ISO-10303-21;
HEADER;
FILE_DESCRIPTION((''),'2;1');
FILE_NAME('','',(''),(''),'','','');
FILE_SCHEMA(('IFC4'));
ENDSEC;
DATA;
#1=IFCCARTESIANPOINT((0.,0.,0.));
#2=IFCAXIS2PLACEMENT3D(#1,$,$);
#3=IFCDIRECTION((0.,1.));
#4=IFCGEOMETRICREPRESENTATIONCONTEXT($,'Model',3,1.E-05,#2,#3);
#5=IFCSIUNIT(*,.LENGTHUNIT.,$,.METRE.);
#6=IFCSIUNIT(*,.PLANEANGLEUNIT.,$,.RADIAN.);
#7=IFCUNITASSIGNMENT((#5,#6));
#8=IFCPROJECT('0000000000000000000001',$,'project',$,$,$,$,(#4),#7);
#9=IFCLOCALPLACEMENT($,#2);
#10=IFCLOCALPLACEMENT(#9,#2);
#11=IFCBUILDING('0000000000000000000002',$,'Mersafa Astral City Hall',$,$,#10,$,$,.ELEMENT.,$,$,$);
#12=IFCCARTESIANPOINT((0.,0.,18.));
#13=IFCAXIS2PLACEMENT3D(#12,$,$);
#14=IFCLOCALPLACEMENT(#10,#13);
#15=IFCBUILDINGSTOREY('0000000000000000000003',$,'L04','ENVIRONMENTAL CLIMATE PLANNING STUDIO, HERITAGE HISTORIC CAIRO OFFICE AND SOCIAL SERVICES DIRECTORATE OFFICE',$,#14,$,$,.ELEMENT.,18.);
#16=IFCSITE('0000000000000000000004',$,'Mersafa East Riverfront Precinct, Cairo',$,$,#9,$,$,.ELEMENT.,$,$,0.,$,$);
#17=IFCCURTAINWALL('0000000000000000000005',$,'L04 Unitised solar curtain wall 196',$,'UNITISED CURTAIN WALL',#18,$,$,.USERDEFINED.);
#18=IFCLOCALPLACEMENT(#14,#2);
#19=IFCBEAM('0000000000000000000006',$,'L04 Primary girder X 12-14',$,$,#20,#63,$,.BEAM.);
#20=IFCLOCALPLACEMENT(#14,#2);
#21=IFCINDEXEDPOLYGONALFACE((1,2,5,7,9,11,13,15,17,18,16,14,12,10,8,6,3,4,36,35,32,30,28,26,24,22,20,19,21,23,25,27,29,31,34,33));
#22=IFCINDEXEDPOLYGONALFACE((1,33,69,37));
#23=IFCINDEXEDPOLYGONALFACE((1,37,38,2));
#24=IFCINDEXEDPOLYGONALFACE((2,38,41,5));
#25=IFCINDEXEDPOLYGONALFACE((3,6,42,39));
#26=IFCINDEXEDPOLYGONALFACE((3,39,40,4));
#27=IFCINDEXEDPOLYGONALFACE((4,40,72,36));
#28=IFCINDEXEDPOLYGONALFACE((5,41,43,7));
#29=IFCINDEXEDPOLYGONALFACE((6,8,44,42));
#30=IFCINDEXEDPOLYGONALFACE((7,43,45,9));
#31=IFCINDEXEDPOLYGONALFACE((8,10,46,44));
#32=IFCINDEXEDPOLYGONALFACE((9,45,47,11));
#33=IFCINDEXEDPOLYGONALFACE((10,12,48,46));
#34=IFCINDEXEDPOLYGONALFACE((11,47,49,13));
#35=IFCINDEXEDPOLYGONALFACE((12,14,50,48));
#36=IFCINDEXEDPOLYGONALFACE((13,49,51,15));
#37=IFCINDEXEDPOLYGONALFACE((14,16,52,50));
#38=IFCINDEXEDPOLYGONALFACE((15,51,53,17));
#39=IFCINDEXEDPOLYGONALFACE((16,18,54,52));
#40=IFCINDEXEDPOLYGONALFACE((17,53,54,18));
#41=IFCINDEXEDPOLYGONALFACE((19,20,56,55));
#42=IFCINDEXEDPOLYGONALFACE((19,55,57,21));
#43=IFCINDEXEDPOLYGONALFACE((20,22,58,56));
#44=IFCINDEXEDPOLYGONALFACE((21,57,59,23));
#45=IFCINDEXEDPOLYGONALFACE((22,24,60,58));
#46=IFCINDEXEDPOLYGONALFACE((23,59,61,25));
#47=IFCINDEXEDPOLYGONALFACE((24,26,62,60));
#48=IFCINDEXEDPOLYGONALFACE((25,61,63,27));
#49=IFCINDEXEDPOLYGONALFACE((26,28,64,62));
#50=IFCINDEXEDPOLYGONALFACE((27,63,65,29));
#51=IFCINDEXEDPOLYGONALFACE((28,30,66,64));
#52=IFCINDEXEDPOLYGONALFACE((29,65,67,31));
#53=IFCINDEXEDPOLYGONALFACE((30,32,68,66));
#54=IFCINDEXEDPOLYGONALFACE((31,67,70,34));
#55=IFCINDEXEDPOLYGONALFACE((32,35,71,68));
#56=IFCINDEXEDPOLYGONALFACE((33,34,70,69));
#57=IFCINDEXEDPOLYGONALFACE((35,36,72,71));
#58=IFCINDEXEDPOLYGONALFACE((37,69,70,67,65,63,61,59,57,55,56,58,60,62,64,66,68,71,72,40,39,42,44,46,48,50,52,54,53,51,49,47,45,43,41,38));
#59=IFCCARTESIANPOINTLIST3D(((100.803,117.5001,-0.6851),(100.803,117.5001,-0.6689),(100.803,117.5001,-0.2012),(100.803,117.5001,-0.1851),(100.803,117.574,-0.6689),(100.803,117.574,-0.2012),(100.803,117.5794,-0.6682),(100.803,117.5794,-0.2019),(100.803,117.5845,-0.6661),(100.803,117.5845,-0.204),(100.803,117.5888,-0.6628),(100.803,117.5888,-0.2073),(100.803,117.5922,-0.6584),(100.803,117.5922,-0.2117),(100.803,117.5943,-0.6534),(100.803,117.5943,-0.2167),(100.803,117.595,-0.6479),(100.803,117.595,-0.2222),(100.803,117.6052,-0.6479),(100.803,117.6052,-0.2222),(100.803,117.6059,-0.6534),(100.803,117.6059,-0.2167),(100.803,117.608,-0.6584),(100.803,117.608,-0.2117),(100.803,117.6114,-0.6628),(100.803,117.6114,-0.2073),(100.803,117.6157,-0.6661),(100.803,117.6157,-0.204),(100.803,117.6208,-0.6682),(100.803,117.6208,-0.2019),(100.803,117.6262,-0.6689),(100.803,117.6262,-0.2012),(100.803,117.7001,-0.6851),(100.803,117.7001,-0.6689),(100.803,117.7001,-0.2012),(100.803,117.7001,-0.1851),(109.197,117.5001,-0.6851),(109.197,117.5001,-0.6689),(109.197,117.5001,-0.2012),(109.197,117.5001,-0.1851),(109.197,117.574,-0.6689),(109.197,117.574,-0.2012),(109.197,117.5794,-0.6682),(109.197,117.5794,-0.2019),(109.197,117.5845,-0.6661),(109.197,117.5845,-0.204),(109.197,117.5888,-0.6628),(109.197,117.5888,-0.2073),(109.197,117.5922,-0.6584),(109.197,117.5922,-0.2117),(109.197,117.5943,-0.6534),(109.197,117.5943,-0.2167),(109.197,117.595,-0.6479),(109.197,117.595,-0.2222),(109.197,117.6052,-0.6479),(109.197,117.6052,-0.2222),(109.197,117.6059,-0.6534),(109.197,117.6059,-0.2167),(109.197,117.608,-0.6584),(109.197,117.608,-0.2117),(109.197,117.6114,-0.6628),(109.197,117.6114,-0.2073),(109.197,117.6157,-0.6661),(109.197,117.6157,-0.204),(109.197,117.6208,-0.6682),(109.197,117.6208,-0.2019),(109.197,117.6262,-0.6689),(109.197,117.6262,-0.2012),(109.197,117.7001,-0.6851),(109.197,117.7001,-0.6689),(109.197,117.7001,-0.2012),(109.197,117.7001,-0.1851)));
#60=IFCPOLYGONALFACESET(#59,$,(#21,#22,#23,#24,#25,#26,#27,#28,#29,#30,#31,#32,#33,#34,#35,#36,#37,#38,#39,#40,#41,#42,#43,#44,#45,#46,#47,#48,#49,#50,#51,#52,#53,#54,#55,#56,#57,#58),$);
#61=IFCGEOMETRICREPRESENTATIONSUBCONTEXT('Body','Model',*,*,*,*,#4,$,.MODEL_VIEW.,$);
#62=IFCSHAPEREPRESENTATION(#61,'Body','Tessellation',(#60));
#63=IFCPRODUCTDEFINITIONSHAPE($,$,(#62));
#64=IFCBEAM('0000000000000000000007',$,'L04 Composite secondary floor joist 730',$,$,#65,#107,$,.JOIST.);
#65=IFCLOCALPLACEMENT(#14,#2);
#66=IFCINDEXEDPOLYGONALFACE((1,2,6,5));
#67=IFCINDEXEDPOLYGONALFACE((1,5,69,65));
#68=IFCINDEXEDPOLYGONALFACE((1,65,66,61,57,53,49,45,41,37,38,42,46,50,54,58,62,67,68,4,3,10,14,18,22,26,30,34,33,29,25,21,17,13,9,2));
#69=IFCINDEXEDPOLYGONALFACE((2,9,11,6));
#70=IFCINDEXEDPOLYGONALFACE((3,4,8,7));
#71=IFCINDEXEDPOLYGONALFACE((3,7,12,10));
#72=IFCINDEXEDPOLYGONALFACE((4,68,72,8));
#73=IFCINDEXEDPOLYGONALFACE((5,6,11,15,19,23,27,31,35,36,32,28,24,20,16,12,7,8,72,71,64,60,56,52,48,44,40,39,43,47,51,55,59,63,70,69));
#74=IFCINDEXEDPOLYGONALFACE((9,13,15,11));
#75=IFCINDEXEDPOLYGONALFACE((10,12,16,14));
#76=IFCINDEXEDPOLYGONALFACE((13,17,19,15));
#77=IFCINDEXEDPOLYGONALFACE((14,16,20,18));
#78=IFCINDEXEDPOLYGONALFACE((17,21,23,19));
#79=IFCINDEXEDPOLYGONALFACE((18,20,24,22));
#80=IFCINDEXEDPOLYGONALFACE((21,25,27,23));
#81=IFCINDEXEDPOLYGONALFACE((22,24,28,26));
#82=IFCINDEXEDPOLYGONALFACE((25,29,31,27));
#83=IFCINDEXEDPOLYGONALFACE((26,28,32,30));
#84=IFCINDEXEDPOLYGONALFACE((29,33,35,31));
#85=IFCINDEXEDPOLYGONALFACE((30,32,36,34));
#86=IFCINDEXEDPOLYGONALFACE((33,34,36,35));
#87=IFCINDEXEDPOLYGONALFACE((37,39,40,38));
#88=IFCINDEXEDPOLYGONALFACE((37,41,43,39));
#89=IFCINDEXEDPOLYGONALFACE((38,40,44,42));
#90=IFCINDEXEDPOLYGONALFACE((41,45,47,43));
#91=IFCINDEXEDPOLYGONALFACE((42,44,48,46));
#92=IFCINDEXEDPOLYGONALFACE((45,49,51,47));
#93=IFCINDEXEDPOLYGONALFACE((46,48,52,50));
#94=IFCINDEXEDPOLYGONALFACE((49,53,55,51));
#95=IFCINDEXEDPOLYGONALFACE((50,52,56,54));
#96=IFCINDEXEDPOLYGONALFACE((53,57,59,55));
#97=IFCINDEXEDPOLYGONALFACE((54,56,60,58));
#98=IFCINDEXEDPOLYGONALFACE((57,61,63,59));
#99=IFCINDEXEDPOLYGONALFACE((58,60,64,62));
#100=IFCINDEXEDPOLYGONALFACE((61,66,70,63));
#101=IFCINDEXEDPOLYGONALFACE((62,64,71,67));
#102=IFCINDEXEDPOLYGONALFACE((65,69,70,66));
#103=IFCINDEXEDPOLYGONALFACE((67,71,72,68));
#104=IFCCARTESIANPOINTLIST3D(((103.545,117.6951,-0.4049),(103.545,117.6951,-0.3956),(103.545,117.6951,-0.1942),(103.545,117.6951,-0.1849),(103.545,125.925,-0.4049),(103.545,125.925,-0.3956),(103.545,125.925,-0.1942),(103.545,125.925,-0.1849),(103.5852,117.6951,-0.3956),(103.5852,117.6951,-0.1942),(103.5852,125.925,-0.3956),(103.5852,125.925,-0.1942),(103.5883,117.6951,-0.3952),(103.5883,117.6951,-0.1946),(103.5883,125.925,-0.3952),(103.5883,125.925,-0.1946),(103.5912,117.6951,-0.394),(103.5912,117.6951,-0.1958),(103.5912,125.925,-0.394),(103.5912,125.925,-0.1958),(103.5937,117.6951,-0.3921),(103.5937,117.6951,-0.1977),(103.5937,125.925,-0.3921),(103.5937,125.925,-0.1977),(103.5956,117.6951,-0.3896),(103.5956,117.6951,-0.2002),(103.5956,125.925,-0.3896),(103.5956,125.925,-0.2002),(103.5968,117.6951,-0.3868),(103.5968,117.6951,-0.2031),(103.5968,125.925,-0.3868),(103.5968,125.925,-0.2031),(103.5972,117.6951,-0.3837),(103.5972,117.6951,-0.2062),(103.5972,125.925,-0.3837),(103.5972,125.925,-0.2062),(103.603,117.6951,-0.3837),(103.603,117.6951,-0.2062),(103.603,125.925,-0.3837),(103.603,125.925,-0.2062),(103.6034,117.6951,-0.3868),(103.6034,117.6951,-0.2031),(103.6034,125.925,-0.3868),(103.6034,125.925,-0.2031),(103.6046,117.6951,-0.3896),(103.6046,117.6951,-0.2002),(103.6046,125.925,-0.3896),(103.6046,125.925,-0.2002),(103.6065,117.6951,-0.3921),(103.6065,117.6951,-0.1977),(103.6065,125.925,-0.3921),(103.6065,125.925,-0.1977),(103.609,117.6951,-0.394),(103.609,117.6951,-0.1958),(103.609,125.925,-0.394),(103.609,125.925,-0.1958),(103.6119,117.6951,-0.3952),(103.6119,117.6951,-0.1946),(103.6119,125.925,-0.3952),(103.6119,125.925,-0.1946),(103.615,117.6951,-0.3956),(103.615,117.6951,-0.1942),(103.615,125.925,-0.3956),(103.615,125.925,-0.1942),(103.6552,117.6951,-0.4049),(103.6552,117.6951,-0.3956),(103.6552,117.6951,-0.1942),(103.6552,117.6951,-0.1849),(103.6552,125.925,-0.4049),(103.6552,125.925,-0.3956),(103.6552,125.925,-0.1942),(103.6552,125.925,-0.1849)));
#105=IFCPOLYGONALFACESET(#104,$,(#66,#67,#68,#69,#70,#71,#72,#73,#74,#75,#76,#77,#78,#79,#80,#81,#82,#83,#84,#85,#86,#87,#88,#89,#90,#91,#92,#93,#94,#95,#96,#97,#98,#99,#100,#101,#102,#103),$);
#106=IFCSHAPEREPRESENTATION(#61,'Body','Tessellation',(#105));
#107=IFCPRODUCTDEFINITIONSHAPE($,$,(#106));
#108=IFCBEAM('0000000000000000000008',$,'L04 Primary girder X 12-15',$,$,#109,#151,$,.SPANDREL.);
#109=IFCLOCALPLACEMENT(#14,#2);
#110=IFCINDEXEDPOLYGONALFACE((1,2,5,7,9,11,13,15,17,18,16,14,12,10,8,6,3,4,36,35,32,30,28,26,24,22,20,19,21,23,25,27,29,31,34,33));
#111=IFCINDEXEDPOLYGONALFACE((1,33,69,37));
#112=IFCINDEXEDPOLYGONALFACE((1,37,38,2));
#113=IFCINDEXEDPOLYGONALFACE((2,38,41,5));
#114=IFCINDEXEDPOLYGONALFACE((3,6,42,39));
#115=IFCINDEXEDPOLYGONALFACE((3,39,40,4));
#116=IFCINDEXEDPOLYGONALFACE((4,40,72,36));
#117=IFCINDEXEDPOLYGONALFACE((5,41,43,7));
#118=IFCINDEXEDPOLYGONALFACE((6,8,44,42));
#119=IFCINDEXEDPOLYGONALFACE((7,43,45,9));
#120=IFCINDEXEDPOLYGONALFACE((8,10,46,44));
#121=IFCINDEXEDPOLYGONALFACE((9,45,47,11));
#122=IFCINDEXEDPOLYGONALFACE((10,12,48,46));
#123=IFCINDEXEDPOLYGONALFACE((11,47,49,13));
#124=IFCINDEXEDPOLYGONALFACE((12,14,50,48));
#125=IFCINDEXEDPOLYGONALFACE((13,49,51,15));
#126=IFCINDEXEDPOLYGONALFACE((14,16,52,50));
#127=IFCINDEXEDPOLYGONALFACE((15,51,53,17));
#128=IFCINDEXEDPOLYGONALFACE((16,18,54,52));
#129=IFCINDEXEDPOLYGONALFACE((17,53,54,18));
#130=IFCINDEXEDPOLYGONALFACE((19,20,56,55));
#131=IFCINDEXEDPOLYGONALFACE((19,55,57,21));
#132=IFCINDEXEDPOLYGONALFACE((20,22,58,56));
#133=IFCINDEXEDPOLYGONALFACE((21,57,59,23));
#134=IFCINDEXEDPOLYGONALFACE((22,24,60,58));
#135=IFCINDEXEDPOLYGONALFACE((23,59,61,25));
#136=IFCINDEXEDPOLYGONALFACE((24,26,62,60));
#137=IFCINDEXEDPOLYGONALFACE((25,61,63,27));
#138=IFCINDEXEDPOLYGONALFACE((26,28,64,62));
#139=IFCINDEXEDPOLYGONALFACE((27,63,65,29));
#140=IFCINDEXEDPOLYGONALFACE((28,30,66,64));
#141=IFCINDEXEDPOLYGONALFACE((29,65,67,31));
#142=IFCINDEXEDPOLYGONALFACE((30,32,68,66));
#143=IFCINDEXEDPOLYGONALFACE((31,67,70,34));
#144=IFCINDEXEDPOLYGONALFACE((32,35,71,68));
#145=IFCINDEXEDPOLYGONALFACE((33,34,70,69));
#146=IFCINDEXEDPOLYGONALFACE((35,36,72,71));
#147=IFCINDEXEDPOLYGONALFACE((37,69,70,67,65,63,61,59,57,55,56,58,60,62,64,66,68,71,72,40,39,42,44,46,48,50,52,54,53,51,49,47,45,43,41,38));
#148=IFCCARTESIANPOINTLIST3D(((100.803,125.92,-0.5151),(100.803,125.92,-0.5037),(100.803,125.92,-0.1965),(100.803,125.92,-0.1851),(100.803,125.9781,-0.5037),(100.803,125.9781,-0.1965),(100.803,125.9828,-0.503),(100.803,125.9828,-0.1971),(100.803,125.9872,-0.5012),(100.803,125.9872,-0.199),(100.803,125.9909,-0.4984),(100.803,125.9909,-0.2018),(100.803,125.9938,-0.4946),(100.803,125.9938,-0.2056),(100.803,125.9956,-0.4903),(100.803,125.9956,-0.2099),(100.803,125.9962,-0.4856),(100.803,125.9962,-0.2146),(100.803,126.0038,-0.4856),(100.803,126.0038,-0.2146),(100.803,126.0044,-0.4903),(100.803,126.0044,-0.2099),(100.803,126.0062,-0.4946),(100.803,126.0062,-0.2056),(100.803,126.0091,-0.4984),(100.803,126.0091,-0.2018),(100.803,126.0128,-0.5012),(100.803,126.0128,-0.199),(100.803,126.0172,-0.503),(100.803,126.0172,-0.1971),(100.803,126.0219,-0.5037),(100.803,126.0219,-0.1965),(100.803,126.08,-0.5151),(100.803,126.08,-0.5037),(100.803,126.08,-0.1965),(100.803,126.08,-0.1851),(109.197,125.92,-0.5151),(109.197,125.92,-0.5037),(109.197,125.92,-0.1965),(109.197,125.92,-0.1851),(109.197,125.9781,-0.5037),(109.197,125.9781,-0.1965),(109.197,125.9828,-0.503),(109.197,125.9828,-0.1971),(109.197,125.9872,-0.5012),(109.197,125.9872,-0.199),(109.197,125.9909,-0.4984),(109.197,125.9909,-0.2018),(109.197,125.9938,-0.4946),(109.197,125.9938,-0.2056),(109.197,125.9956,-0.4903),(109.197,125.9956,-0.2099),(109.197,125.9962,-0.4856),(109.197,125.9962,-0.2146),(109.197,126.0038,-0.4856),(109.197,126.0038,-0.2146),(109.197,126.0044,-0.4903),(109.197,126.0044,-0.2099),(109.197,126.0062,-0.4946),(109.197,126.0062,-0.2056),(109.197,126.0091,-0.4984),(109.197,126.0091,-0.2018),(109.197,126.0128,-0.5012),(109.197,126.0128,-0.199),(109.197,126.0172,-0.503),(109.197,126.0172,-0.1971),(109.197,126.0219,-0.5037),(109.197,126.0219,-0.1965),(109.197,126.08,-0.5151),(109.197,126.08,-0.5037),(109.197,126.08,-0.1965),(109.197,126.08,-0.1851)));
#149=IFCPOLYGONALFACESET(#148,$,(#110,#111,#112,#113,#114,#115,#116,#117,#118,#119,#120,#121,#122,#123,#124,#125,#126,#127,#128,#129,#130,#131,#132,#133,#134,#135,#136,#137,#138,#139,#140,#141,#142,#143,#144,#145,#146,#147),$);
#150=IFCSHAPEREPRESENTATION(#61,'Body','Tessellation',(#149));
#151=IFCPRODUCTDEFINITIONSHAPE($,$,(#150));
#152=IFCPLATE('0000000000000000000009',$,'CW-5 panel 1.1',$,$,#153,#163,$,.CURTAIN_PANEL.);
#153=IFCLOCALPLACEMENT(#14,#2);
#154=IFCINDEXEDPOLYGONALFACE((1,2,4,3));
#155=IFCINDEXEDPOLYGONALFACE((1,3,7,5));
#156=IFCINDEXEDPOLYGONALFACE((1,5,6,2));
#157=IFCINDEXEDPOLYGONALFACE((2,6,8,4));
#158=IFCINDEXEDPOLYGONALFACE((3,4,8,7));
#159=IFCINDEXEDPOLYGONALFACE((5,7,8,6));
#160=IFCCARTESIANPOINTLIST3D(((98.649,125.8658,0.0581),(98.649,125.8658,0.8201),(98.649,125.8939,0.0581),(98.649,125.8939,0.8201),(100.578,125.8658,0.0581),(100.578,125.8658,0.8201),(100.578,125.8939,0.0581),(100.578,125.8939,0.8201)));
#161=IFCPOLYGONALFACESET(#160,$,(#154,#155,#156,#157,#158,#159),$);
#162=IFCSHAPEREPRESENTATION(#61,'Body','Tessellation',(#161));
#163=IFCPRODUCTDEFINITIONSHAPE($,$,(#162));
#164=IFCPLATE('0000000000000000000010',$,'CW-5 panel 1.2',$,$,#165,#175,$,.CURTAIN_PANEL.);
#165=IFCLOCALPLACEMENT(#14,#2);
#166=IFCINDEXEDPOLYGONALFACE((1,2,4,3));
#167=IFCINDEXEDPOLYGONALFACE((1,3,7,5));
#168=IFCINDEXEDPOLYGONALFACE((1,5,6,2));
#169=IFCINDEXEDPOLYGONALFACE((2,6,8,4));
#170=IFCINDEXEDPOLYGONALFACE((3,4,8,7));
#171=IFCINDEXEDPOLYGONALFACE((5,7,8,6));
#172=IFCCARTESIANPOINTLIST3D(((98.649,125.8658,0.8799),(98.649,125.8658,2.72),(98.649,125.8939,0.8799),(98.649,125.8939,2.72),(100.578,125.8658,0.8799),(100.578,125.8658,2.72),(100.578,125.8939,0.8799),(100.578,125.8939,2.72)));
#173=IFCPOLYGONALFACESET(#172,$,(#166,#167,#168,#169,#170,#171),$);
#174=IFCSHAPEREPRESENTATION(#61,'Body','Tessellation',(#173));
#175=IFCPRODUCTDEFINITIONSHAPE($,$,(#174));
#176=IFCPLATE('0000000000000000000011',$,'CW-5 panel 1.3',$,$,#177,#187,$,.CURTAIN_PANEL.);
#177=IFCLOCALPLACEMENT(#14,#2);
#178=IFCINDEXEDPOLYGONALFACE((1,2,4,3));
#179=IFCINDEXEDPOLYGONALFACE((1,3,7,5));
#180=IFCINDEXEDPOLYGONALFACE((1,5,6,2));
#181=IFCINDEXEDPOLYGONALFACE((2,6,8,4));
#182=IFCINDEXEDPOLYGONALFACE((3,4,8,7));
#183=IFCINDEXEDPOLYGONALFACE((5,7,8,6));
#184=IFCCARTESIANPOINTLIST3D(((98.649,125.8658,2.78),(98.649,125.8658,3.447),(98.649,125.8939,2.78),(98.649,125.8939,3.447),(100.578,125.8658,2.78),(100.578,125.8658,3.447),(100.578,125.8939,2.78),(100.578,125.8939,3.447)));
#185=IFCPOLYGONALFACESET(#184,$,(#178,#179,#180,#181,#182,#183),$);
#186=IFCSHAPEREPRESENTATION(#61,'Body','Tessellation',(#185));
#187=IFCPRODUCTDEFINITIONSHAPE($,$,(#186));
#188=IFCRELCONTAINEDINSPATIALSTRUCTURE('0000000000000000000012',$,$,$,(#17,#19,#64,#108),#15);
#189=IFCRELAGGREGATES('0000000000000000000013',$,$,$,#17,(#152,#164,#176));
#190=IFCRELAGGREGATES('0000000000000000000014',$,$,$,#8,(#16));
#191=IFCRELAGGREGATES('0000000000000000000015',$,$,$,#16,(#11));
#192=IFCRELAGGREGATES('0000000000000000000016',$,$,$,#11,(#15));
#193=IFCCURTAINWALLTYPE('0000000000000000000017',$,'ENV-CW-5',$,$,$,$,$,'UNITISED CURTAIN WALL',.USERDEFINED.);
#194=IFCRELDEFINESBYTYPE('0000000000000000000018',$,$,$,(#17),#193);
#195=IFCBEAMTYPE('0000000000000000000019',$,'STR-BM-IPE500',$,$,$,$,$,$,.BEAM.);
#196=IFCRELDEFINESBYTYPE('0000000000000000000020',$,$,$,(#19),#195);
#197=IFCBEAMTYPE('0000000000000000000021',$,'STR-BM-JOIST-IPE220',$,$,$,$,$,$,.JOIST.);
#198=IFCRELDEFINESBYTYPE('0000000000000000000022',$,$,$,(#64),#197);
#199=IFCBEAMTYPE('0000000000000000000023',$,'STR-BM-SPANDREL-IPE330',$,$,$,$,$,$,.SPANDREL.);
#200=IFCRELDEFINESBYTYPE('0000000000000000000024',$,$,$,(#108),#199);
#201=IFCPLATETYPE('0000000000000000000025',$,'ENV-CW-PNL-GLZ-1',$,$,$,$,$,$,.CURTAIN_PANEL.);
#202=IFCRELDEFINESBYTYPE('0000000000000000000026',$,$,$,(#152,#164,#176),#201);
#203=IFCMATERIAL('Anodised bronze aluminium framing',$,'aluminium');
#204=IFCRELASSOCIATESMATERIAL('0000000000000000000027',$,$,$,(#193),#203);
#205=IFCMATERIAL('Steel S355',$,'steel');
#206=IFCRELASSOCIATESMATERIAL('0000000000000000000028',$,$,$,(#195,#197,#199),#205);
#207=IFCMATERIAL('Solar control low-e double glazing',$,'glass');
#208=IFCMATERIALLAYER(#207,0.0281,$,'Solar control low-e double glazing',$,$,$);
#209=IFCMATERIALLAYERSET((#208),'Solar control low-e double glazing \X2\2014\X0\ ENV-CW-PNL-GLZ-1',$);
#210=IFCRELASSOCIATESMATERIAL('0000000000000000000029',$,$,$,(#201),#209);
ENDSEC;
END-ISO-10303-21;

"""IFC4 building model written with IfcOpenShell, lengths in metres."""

from ifc_helpers import new_model, si_unit, direction, frame, origin, origin_2d, place, context, subcontext, project, spatial, rectangle, i_section, extrude, material, layer, layer_set, material_profile, profile_set, type_object, element, aggregate, save


model = new_model("IFC4")

# Units and contexts
model_context = context("Model", 3, precision=1e-05, world=origin(), true_north=direction((0.0, 1.0)))
body_context = subcontext(model_context, "Body", "Model", "MODEL_VIEW")
ifc_project = project(units=[si_unit("LENGTHUNIT", "METRE"), si_unit("PLANEANGLEUNIT", "RADIAN")], contexts=[model_context])

# Site, building, storey
site_placement = place(None, origin())
site = spatial("IfcSite", under=ifc_project, at=site_placement, Name="Mersafa East Riverfront Precinct, Cairo", CompositionType="ELEMENT", RefElevation=0.0)
building_placement = place(site_placement, origin())
building = spatial("IfcBuilding", under=site, at=building_placement, Name="Mersafa Astral City Hall", CompositionType="ELEMENT")
storey_placement = place(building_placement, frame((0.0, 0.0, 18.0)))
storey = spatial("IfcBuildingStorey", under=building, at=storey_placement, Name="L04", Description="ENVIRONMENTAL CLIMATE PLANNING STUDIO, HERITAGE HISTORIC CAIRO OFFICE AND SOCIAL SERVICES DIRECTORATE OFFICE", CompositionType="ELEMENT", Elevation=18.0)

# Shared definitions
ifc_material_1 = material(Name="Steel S355", Category="steel")

# Shared definitions
ifc_material_2 = material(Name="Anodised bronze aluminium framing", Category="aluminium")

# Curtain wall
curtain_wall_type_1 = type_object("IfcCurtainWallType", Name="ENV-CW-5", ElementType="UNITISED CURTAIN WALL", PredefinedType="USERDEFINED", material=ifc_material_2)
curtain_wall_1_placement = place(storey_placement, origin())
curtain_wall_1 = element("IfcCurtainWall", 1, at=curtain_wall_1_placement, inside=storey, type_object=curtain_wall_type_1, Name="L04 Unitised solar curtain wall 196", ObjectType="UNITISED CURTAIN WALL", PredefinedType="USERDEFINED")

# Beams
ifc_material_profile_1 = material_profile(ifc_material_1, i_section(OverallWidth=0.2, OverallDepth=0.5, WebThickness=0.0103, FlangeThickness=0.0161, FilletRadius=0.021, at=origin_2d()), Name="IPE 500")
ifc_profile_set_1 = profile_set([ifc_material_profile_1], Name="Steel S355")
beam_type_1 = type_object("IfcBeamType", Name="STR-BM-IPE500", PredefinedType="BEAM", material=ifc_profile_set_1)
beam_1_placement = place(storey_placement, frame((100.803, 117.6001, -0.4351), z_axis=(1.0, 0.0, 0.0), x_axis=(0.0, 1.0, 0.0)))
element("IfcBeam", 2, at=beam_1_placement, inside=storey, type_object=beam_type_1, Name="L04 Primary girder X 12-14", PredefinedType="BEAM", context=body_context, shape_type="SweptSolid", body=[
    extrude(i_section(OverallWidth=0.2, OverallDepth=0.5, WebThickness=0.0103, FlangeThickness=0.0161, FilletRadius=0.021, at=origin_2d()), origin(), (0.0, 0.0, 1.0), 8.394),
])
ifc_material_profile_2 = material_profile(ifc_material_1, i_section(OverallWidth=0.1101, OverallDepth=0.22, WebThickness=0.0059, FlangeThickness=0.0093, FilletRadius=0.012, at=origin_2d()), Name="IPE 220")
ifc_profile_set_2 = profile_set([ifc_material_profile_2], Name="Steel S355")
beam_type_2 = type_object("IfcBeamType", Name="STR-BM-JOIST-IPE220", PredefinedType="JOIST", material=ifc_profile_set_2)
beam_2_placement = place(storey_placement, frame((103.6001, 117.6951, -0.2949), z_axis=(0.0, 1.0, 0.0), x_axis=(-1.0, 0.0, 0.0)))
element("IfcBeam", 3, at=beam_2_placement, inside=storey, type_object=beam_type_2, Name="L04 Composite secondary floor joist 730", PredefinedType="JOIST", context=body_context, shape_type="SweptSolid", body=[
    extrude(i_section(OverallWidth=0.1101, OverallDepth=0.22, WebThickness=0.0059, FlangeThickness=0.0093, FilletRadius=0.012, at=origin_2d()), origin(), (0.0, 0.0, 1.0), 8.23),
])
ifc_material_profile_3 = material_profile(ifc_material_1, i_section(OverallWidth=0.1599, OverallDepth=0.3301, WebThickness=0.0076, FlangeThickness=0.0115, FilletRadius=0.0181, at=origin_2d()), Name="IPE 330")
ifc_profile_set_3 = profile_set([ifc_material_profile_3], Name="Steel S355")
beam_type_3 = type_object("IfcBeamType", Name="STR-BM-SPANDREL-IPE330", PredefinedType="SPANDREL", material=ifc_profile_set_3)
beam_3_placement = place(storey_placement, frame((100.803, 126.0, -0.3501), z_axis=(1.0, 0.0, 0.0), x_axis=(0.0, 1.0, 0.0)))
element("IfcBeam", 4, at=beam_3_placement, inside=storey, type_object=beam_type_3, Name="L04 Primary girder X 12-15", PredefinedType="SPANDREL", context=body_context, shape_type="SweptSolid", body=[
    extrude(i_section(OverallWidth=0.1599, OverallDepth=0.3301, WebThickness=0.0076, FlangeThickness=0.0115, FilletRadius=0.0181, at=origin_2d()), origin(), (0.0, 0.0, 1.0), 8.394),
])

# Plates
ifc_material_3 = material(Name="Solar control low-e double glazing", Category="glass")
ifc_layer_1 = layer(ifc_material_3, 0.0281, Name="Solar control low-e double glazing")
ifc_layer_set_1 = layer_set([ifc_layer_1], Name="Solar control low-e double glazing — ENV-CW-PNL-GLZ-1")
plate_type_1 = type_object("IfcPlateType", Name="ENV-CW-PNL-GLZ-1", PredefinedType="CURTAIN_PANEL", material=ifc_layer_set_1)
plate_1_placement = place(storey_placement, frame((99.6135, 125.8799, 0.0581), z_axis=(0.0, 0.0, 1.0), x_axis=(-1.0, 0.0, 0.0)))
plate_1 = element("IfcPlate", 5, at=plate_1_placement, type_object=plate_type_1, Name="CW-5 panel 1.1", PredefinedType="CURTAIN_PANEL", context=body_context, shape_type="SweptSolid", body=[
    extrude(rectangle(XDim=1.929, YDim=0.0281, at=origin_2d()), origin(), (0.0, 0.0, 1.0), 0.762),
])
plate_2_placement = place(storey_placement, frame((99.6135, 125.8799, 0.8799), z_axis=(0.0, 0.0, 1.0), x_axis=(-1.0, 0.0, 0.0)))
plate_2 = element("IfcPlate", 6, at=plate_2_placement, type_object=plate_type_1, Name="CW-5 panel 1.2", PredefinedType="CURTAIN_PANEL", context=body_context, shape_type="SweptSolid", body=[
    extrude(rectangle(XDim=1.929, YDim=0.0281, at=origin_2d()), origin(), (0.0, 0.0, 1.0), 1.8401),
])
plate_3_placement = place(storey_placement, frame((99.6135, 125.8799, 2.78), z_axis=(0.0, 0.0, 1.0), x_axis=(-1.0, 0.0, 0.0)))
plate_3 = element("IfcPlate", 7, at=plate_3_placement, type_object=plate_type_1, Name="CW-5 panel 1.3", PredefinedType="CURTAIN_PANEL", context=body_context, shape_type="SweptSolid", body=[
    extrude(rectangle(XDim=1.929, YDim=0.0281, at=origin_2d()), origin(), (0.0, 0.0, 1.0), 0.667),
])
aggregate(curtain_wall_1, [plate_1, plate_2, plate_3])

save(model, "model.ifc")
